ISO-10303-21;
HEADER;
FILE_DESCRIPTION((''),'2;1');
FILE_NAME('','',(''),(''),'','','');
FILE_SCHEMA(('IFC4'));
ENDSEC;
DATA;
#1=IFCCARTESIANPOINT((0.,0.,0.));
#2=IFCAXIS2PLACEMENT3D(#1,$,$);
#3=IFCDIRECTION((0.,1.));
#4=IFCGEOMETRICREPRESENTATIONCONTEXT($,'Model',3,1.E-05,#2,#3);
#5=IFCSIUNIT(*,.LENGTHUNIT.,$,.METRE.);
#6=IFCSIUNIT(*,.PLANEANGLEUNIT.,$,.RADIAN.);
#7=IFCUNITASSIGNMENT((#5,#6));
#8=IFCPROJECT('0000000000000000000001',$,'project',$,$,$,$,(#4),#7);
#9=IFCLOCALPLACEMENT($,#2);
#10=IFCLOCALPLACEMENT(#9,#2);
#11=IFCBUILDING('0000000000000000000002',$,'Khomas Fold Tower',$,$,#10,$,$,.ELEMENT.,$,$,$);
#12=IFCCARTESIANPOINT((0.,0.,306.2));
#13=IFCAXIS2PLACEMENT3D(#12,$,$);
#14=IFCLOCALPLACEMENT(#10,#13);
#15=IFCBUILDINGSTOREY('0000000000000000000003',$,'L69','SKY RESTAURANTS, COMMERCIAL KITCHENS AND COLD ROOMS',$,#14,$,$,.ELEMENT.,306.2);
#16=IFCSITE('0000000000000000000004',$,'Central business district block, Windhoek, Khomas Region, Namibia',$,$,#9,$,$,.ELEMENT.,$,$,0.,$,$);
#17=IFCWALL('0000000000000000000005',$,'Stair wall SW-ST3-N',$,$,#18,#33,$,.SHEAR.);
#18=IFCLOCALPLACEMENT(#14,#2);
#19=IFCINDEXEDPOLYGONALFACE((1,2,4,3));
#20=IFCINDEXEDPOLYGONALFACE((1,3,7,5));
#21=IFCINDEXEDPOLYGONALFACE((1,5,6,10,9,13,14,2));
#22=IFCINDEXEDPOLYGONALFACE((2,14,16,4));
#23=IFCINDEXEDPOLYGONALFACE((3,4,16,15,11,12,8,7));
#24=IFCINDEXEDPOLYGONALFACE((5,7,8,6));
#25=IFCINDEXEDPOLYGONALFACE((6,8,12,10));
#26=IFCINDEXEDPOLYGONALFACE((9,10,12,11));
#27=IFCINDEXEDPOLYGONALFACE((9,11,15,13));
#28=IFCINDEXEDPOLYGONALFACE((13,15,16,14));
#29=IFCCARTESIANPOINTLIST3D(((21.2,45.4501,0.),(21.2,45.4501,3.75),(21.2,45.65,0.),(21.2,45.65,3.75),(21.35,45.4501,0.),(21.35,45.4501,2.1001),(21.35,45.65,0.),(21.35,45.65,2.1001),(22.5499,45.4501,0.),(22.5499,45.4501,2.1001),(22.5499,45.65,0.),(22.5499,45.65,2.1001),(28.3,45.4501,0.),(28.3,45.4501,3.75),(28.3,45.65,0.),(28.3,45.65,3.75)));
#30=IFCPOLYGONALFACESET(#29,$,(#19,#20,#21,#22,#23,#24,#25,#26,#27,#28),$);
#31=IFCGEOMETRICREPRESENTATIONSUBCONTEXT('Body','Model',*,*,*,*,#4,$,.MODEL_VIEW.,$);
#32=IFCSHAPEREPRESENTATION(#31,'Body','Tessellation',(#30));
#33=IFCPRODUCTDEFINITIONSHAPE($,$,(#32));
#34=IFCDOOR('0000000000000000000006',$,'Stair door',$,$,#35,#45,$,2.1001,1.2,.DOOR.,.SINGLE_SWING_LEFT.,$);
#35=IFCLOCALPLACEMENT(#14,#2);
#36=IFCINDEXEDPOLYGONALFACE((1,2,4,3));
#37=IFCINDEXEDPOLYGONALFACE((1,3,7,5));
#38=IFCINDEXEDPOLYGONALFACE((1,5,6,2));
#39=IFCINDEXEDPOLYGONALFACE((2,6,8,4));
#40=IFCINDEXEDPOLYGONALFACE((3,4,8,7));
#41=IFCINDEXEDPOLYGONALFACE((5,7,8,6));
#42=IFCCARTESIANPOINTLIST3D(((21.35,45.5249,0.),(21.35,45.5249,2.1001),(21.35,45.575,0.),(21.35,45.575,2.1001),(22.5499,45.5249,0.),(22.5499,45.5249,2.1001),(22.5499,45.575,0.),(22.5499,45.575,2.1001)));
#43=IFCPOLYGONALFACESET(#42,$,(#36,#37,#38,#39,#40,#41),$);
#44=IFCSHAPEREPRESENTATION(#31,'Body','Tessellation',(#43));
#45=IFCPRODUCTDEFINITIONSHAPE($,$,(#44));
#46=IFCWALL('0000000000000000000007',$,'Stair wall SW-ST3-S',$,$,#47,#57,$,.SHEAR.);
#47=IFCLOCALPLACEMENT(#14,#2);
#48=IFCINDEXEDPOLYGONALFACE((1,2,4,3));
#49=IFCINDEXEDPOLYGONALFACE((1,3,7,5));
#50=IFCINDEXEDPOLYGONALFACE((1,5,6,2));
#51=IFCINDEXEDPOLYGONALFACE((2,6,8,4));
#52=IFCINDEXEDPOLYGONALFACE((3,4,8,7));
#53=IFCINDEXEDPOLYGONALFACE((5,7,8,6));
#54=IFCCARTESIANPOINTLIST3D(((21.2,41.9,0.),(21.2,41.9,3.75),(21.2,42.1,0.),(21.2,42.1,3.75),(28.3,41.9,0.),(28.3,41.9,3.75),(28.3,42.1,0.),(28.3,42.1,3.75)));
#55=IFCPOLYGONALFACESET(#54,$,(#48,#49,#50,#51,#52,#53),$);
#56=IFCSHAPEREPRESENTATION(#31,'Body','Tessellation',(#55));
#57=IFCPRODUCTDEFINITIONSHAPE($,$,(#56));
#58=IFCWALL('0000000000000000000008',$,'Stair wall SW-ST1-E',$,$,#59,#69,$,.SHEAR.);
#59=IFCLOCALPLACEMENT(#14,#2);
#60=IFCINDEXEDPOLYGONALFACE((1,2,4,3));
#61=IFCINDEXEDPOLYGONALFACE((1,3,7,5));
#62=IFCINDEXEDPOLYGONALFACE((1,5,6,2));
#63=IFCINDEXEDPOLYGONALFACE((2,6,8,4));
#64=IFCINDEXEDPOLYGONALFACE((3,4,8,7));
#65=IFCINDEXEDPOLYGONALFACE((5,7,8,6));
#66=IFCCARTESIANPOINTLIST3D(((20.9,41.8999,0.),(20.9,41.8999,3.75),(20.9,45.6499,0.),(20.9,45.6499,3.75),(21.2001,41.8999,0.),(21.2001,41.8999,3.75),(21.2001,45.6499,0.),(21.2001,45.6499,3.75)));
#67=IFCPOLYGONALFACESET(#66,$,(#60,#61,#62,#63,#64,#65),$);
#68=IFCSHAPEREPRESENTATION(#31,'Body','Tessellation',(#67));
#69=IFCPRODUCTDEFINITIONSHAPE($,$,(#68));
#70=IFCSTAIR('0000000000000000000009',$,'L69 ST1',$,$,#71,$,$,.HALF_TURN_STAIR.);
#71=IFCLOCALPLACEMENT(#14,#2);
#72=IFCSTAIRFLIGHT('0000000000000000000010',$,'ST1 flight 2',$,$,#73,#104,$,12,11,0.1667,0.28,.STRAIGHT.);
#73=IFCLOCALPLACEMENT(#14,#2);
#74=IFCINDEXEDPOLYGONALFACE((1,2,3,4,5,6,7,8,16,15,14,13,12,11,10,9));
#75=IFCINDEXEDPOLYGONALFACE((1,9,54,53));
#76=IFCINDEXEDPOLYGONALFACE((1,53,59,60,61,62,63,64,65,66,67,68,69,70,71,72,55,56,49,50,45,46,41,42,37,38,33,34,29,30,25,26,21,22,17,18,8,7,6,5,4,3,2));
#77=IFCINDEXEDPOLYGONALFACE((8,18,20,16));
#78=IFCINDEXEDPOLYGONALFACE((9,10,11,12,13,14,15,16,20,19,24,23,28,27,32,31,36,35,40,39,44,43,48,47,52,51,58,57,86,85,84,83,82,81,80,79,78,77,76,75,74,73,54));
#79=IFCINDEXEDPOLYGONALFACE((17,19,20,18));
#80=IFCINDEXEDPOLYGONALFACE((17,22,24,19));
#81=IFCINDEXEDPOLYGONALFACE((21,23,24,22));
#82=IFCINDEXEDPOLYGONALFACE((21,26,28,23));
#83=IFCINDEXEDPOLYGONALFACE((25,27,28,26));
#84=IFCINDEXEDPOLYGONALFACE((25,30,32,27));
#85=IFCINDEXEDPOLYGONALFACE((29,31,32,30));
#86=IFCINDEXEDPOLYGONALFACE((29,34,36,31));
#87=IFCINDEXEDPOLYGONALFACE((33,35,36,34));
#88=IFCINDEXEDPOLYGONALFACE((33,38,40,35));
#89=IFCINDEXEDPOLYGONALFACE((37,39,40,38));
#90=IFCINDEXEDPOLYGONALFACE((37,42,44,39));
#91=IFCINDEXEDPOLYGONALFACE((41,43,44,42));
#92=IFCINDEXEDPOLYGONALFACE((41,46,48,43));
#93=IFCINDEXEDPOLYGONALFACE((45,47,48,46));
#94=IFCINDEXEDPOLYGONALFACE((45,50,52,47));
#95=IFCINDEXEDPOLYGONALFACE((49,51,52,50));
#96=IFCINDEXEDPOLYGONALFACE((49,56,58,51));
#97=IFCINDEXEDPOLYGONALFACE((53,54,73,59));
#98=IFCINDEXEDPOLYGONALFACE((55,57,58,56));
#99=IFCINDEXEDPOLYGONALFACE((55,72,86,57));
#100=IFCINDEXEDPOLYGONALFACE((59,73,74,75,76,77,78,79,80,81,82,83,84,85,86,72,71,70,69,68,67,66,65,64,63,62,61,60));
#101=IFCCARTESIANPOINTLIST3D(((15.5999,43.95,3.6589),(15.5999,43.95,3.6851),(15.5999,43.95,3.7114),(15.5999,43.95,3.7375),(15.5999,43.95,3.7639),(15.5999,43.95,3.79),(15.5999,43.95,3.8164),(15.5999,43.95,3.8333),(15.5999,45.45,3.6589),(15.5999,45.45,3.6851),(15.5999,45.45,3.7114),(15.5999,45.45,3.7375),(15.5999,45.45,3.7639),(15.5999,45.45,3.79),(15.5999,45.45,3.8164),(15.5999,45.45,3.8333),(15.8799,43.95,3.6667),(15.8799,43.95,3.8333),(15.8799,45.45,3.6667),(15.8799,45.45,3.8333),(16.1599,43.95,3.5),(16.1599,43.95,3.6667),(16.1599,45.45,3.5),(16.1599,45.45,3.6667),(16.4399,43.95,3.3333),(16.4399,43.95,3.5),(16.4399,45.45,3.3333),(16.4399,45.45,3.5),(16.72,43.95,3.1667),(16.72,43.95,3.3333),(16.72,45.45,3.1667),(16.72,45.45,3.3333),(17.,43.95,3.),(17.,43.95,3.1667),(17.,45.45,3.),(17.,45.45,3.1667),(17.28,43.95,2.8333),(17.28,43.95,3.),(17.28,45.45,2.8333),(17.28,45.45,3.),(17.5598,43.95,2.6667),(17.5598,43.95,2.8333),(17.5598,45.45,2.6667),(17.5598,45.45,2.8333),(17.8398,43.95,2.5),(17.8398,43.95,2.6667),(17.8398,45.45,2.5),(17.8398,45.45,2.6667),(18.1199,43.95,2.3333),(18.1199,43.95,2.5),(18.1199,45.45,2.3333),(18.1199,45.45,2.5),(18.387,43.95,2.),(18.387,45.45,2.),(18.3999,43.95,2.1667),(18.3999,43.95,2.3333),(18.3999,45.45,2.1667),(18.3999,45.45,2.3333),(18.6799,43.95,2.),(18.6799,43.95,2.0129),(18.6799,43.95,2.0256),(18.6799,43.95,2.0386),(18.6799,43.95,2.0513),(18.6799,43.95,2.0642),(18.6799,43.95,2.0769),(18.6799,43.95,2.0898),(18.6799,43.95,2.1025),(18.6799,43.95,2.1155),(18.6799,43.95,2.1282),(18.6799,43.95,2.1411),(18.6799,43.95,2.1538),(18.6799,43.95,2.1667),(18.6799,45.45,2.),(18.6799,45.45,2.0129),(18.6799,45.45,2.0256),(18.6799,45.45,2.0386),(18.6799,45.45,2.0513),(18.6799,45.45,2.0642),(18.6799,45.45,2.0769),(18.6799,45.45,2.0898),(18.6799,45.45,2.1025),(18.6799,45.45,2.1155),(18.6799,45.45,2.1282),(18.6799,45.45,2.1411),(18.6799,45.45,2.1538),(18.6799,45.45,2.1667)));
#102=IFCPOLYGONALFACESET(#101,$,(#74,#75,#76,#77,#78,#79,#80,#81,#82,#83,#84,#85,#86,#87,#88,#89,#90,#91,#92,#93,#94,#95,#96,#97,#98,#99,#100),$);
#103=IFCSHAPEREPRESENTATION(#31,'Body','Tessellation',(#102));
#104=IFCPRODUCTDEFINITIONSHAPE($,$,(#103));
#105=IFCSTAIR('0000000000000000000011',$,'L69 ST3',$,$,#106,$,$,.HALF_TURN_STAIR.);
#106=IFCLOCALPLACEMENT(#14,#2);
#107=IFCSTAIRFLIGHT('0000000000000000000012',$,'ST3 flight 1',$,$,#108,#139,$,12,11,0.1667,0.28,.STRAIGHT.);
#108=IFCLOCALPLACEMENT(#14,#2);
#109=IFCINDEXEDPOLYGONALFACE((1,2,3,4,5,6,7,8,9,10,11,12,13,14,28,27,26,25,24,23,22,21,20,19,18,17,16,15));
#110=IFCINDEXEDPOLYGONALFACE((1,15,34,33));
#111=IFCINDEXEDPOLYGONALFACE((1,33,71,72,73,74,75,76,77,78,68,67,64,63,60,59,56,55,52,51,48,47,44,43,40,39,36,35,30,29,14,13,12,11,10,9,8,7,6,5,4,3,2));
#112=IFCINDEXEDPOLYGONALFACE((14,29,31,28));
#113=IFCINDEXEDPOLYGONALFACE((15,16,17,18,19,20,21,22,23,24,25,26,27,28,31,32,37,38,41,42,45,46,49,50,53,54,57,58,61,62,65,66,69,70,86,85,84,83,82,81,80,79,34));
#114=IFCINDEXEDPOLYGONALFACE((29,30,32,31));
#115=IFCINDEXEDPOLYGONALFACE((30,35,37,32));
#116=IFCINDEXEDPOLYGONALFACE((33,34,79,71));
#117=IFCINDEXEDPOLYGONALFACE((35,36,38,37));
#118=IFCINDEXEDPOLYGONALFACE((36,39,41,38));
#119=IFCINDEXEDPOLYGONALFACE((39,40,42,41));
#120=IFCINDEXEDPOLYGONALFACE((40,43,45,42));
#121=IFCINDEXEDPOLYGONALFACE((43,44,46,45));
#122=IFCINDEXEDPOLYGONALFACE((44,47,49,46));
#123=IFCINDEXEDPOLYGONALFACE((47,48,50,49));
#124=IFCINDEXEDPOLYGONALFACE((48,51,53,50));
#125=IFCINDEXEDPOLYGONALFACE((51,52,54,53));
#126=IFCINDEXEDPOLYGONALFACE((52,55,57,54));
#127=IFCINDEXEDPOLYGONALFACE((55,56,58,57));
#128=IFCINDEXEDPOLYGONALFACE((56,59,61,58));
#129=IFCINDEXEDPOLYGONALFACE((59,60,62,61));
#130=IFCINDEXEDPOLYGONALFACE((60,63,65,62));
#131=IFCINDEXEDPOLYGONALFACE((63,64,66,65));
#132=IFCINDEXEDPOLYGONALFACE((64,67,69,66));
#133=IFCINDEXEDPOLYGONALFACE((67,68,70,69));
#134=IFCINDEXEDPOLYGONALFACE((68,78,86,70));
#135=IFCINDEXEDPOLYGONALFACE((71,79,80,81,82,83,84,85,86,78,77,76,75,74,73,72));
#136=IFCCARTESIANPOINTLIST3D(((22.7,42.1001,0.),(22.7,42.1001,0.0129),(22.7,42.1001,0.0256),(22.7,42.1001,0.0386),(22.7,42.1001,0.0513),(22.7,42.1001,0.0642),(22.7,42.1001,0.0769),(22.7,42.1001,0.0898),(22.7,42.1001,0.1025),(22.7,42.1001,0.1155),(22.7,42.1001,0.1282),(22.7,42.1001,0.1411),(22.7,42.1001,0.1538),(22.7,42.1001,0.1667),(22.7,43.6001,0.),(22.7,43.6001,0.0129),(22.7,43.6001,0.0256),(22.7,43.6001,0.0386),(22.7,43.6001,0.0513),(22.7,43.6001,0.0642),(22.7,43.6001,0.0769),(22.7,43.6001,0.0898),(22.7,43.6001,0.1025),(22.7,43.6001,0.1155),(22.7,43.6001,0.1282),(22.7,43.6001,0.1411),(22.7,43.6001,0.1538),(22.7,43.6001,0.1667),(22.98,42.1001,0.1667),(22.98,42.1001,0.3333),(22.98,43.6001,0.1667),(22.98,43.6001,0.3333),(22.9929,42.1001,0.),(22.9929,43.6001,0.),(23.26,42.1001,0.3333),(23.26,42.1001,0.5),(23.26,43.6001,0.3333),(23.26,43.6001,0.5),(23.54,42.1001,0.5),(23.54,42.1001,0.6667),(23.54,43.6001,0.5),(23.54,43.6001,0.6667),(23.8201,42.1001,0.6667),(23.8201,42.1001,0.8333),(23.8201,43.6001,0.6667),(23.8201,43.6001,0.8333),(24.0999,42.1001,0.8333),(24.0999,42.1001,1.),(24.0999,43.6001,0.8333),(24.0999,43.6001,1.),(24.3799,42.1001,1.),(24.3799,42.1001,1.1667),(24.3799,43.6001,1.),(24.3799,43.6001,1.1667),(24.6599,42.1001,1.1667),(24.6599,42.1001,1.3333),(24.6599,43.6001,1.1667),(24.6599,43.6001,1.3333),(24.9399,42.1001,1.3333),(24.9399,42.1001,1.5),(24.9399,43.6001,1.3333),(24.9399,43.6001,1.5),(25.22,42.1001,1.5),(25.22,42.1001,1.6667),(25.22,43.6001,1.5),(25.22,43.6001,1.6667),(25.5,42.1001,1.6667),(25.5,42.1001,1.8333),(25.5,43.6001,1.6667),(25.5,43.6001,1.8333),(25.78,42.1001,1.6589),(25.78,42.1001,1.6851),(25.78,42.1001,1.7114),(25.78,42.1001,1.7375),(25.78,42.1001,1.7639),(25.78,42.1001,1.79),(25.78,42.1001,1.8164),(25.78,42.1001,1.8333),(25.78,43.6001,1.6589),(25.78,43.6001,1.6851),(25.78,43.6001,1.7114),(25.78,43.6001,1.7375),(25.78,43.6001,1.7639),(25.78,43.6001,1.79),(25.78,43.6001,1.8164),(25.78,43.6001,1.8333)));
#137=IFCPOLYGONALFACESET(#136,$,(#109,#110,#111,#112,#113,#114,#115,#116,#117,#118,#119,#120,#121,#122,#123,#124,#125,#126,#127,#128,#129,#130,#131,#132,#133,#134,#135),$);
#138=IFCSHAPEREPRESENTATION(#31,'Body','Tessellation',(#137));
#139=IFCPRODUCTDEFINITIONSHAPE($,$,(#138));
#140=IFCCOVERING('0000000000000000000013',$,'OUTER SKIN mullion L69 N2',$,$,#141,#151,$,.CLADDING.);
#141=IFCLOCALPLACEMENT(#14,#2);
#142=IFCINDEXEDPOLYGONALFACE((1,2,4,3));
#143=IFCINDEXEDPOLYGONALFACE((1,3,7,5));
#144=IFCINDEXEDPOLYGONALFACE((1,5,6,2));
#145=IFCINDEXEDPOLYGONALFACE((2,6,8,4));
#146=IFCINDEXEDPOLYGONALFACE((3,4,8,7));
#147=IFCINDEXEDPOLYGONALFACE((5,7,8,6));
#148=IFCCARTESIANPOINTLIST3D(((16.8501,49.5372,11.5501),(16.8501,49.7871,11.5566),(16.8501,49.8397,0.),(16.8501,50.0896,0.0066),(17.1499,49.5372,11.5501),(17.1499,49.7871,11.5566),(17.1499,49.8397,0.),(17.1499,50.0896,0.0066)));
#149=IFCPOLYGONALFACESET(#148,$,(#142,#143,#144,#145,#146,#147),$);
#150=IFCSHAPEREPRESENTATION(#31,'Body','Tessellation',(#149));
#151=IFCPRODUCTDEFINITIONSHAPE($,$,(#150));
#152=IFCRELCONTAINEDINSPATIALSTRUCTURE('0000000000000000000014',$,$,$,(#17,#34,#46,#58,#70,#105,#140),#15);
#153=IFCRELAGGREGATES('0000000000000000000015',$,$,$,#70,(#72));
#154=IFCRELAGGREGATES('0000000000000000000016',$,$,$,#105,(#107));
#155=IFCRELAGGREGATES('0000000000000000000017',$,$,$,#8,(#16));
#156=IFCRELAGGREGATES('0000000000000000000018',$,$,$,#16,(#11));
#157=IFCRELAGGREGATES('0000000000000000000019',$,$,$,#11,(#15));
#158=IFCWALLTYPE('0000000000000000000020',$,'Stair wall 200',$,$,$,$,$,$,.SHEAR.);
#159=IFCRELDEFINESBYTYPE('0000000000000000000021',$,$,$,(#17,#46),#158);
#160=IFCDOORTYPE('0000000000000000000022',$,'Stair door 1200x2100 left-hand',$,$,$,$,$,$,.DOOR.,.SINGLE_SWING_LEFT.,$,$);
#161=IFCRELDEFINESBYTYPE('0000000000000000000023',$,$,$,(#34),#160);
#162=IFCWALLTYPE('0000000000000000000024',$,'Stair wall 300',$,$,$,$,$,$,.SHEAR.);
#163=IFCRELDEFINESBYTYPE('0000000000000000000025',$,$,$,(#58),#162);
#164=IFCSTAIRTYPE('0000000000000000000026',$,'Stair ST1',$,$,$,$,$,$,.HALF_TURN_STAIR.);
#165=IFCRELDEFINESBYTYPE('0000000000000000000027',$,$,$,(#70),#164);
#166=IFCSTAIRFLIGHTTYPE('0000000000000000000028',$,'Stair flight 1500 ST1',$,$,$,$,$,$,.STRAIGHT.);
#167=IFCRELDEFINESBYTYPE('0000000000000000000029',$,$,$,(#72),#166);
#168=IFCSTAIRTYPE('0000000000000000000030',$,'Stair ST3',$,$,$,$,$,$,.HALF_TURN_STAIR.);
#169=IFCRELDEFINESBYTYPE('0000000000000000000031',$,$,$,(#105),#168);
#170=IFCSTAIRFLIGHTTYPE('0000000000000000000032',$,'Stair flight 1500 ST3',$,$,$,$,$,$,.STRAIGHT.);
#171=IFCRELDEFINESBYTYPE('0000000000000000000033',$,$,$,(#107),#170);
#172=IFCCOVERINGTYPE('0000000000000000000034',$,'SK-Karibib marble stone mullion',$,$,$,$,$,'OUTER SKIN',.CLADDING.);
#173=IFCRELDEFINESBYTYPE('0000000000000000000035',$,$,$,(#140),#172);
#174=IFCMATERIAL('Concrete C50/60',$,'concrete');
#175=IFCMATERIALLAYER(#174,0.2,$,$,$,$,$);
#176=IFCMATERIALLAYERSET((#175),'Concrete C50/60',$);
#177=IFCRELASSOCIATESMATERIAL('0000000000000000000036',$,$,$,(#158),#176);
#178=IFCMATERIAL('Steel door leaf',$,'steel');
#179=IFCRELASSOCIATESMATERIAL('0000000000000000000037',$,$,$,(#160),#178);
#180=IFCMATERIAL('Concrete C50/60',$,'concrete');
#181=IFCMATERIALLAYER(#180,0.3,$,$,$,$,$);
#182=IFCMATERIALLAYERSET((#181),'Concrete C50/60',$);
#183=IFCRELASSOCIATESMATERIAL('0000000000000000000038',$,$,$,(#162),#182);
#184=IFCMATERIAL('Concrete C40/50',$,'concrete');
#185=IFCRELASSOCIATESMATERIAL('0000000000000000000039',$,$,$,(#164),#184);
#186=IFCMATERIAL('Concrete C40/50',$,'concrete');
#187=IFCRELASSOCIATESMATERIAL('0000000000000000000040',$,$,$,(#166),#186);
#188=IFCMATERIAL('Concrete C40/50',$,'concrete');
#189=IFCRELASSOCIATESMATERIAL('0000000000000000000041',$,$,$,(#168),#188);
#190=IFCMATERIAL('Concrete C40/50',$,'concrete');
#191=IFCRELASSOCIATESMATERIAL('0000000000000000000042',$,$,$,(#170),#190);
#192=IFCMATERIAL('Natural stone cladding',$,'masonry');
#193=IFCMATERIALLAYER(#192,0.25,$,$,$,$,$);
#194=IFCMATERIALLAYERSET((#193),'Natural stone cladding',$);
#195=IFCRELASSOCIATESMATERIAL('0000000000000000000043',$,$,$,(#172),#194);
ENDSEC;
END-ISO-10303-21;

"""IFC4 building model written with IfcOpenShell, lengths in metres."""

from ifc_helpers import new_model, si_unit, direction, frame, frame_2d, origin, place, context, subcontext, project, spatial, polyline, rectangle, outline, extrude, source, transform, mapped, material, layer, layer_set, type_object, element, fill, aggregate, save


model = new_model("IFC4")

# Units and contexts
model_context = context("Model", 3, precision=1e-05, world=origin(), true_north=direction((0.0, 1.0)))
body_context = subcontext(model_context, "Body", "Model", "MODEL_VIEW")
ifc_project = project(units=[si_unit("LENGTHUNIT", "METRE"), si_unit("PLANEANGLEUNIT", "RADIAN")], contexts=[model_context])

# Site, building, storey
site_placement = place(None, origin())
site = spatial("IfcSite", under=ifc_project, at=site_placement, Name="Central business district block, Windhoek, Khomas Region, Namibia", CompositionType="ELEMENT", RefElevation=0.0)
building_placement = place(site_placement, origin())
building = spatial("IfcBuilding", under=site, at=building_placement, Name="Khomas Fold Tower", CompositionType="ELEMENT")
storey_placement = place(building_placement, frame((0.0, 0.0, 306.2)))
storey = spatial("IfcBuildingStorey", under=building, at=storey_placement, Name="L69", Description="SKY RESTAURANTS, COMMERCIAL KITCHENS AND COLD ROOMS", CompositionType="ELEMENT", Elevation=306.2)

# Wall, opening, door
ifc_material_1 = material(Name="Concrete C50/60", Category="concrete")
ifc_layer_1 = layer(ifc_material_1, 0.2)
ifc_layer_set_1 = layer_set([ifc_layer_1], Name="Concrete C50/60")
wall_type_1 = type_object("IfcWallType", Name="Stair wall 200", PredefinedType="SHEAR", material=ifc_layer_set_1)
shared_shape_1 = source(origin(), body_context, "Body", "SweptSolid", [
    extrude(rectangle(XDim=7.1001, YDim=0.2, at=frame_2d((3.55, 0.0))), origin(), (0.0, 0.0, 1.0), 3.75),
])
wall_1_placement = place(storey_placement, frame((21.2, 45.55, 0.0), z_axis=(0.0, 0.0, 1.0), x_axis=(1.0, 0.0, 0.0)))
wall_1 = element("IfcWall", 1, at=wall_1_placement, inside=storey, type_object=wall_type_1, Name="Stair wall SW-ST3-N", PredefinedType="SHEAR", context=body_context, shape_type="MappedRepresentation", body=[
    mapped(shared_shape_1, transform((0.0, 0.0, 0.0))),
])
shared_shape_2 = source(origin(), body_context, "Body", "SweptSolid", [
    extrude(rectangle(XDim=1.2, YDim=2.1001, at=frame_2d((0.6001, 1.05))), frame((0.0, 0.1099, 0.0), z_axis=(0.0, -1.0, 0.0), x_axis=(1.0, 0.0, 0.0)), (0.0, 0.0, 1.0), 0.22),
])
opening_placement = place(wall_1_placement, frame((0.1499, 0.0, 0.0)))
opening = element("IfcOpeningElement", 2, at=opening_placement, cuts=wall_1, PredefinedType="OPENING", context=body_context, shape_type="MappedRepresentation", body=[
    mapped(shared_shape_2, transform((0.0, 0.0, 0.0))),
])
ifc_material_2 = material(Name="Steel door leaf", Category="steel")
door_type = type_object("IfcDoorType", Name="Stair door 1200x2100 left-hand", OperationType="SINGLE_SWING_LEFT", PredefinedType="DOOR", material=ifc_material_2)
shared_shape_3 = source(origin(), body_context, "Body", "SweptSolid", [
    extrude(rectangle(XDim=1.2, YDim=2.1001, at=frame_2d((0.6001, 1.05))), frame((0.0, 0.0249, 0.0), z_axis=(0.0, -1.0, 0.0), x_axis=(1.0, 0.0, 0.0)), (0.0, 0.0, 1.0), 0.05),
])
door_placement = place(opening_placement, origin())
door = element("IfcDoor", 3, at=door_placement, inside=storey, type_object=door_type, Name="Stair door", OperationType="SINGLE_SWING_LEFT", OverallHeight=2.1001, OverallWidth=1.2, PredefinedType="DOOR", context=body_context, shape_type="MappedRepresentation", body=[
    mapped(shared_shape_3, transform((0.0, 0.0, 0.0))),
])
fill(opening, door)

# Walls
wall_2_placement = place(storey_placement, frame((21.2, 42.0, 0.0), z_axis=(0.0, 0.0, 1.0), x_axis=(1.0, 0.0, 0.0)))
element("IfcWall", 4, at=wall_2_placement, inside=storey, type_object=wall_type_1, Name="Stair wall SW-ST3-S", PredefinedType="SHEAR", context=body_context, shape_type="MappedRepresentation", body=[
    mapped(shared_shape_1, transform((0.0, 0.0, 0.0))),
])
ifc_material_3 = material(Name="Concrete C50/60", Category="concrete")
ifc_layer_2 = layer(ifc_material_3, 0.3)
ifc_layer_set_2 = layer_set([ifc_layer_2], Name="Concrete C50/60")
wall_type_2 = type_object("IfcWallType", Name="Stair wall 300", PredefinedType="SHEAR", material=ifc_layer_set_2)
shared_shape_4 = source(origin(), body_context, "Body", "SweptSolid", [
    extrude(rectangle(XDim=3.75, YDim=0.3, at=frame_2d((1.875, 0.0))), origin(), (0.0, 0.0, 1.0), 3.75),
])
wall_3_placement = place(storey_placement, frame((21.05, 41.8999, 0.0), z_axis=(0.0, 0.0, 1.0), x_axis=(0.0, 1.0, 0.0)))
element("IfcWall", 5, at=wall_3_placement, inside=storey, type_object=wall_type_2, Name="Stair wall SW-ST1-E", PredefinedType="SHEAR", context=body_context, shape_type="MappedRepresentation", body=[
    mapped(shared_shape_4, transform((0.0, 0.0, 0.0))),
])

# Stairs, stair flights
ifc_material_4 = material(Name="Concrete C40/50", Category="concrete")
stair_type_1 = type_object("IfcStairType", Name="Stair ST1", PredefinedType="HALF_TURN_STAIR", material=ifc_material_4)
stair_1_placement = place(storey_placement, origin())
stair_1 = element("IfcStair", 6, at=stair_1_placement, inside=storey, type_object=stair_type_1, Name="L69 ST1", PredefinedType="HALF_TURN_STAIR")
ifc_material_5 = material(Name="Concrete C40/50", Category="concrete")
stair_flight_type_1 = type_object("IfcStairFlightType", Name="Stair flight 1500 ST1", PredefinedType="STRAIGHT", material=ifc_material_5)
shared_shape_5 = source(origin(), body_context, "Body", "SweptSolid", [
    extrude(outline(polyline([(0.0, 0.0), (0.0, 0.0129), (0.0, 0.0256), (0.0, 0.0386), (0.0, 0.0513), (0.0, 0.0642), (0.0, 0.0769), (0.0, 0.0898), (0.0, 0.1025), (0.0, 0.1155), (0.0, 0.1282), (0.0, 0.1411), (0.0, 0.1538), (0.0, 0.1667), (0.28, 0.1667), (0.28, 0.3333), (0.5601, 0.3333), (0.5601, 0.5), (0.8401, 0.5), (0.8401, 0.6667), (1.1201, 0.6667), (1.1201, 0.8333), (1.3999, 0.8333), (1.3999, 1.0), (1.6799, 1.0), (1.6799, 1.1667), (1.96, 1.1667), (1.96, 1.3333), (2.24, 1.3333), (2.24, 1.5), (2.52, 1.5), (2.52, 1.6667), (2.8, 1.6667), (2.8, 1.8333), (3.0801, 1.8333), (3.0801, 2.0), (3.0801, 1.9739), (3.0801, 1.9475), (3.0801, 1.9214), (3.0801, 1.895), (3.0801, 1.8689), (3.0801, 1.8425), (3.0801, 1.8164), (3.0801, 1.79), (3.0801, 1.7639), (3.0801, 1.7375), (3.0801, 1.7114), (3.0801, 1.6851), (3.0801, 1.6589), (0.293, 0.0), (0.0, 0.0)])), frame((0.0, 0.75, 0.0), z_axis=(0.0, -1.0, 0.0), x_axis=(1.0, 0.0, 0.0)), (0.0, 0.0, 1.0), 1.5),
])
stair_flight_1_placement = place(storey_placement, frame((18.6799, 44.7, 2.0), z_axis=(0.0, 0.0, 1.0), x_axis=(-1.0, 0.0, 0.0)))
stair_flight_1 = element("IfcStairFlight", 7, at=stair_flight_1_placement, type_object=stair_flight_type_1, Name="ST1 flight 2", NumberOfRisers=12, NumberOfTreads=11, PredefinedType="STRAIGHT", RiserHeight=0.1667, TreadLength=0.28, context=body_context, shape_type="MappedRepresentation", body=[
    mapped(shared_shape_5, transform((0.0, 0.0, 0.0))),
])
aggregate(stair_1, [stair_flight_1])
ifc_material_6 = material(Name="Concrete C40/50", Category="concrete")
stair_type_2 = type_object("IfcStairType", Name="Stair ST3", PredefinedType="HALF_TURN_STAIR", material=ifc_material_6)
stair_2_placement = place(storey_placement, origin())
stair_2 = element("IfcStair", 8, at=stair_2_placement, inside=storey, type_object=stair_type_2, Name="L69 ST3", PredefinedType="HALF_TURN_STAIR")
ifc_material_7 = material(Name="Concrete C40/50", Category="concrete")
stair_flight_type_2 = type_object("IfcStairFlightType", Name="Stair flight 1500 ST3", PredefinedType="STRAIGHT", material=ifc_material_7)
stair_flight_2_placement = place(storey_placement, frame((22.7, 42.8501, 0.0), z_axis=(0.0, 0.0, 1.0), x_axis=(1.0, 0.0, 0.0)))
stair_flight_2 = element("IfcStairFlight", 9, at=stair_flight_2_placement, type_object=stair_flight_type_2, Name="ST3 flight 1", NumberOfRisers=12, NumberOfTreads=11, PredefinedType="STRAIGHT", RiserHeight=0.1667, TreadLength=0.28, context=body_context, shape_type="MappedRepresentation", body=[
    mapped(shared_shape_5, transform((0.0, 0.0, 0.0))),
])
aggregate(stair_2, [stair_flight_2])

# Covering
ifc_material_8 = material(Name="Natural stone cladding", Category="masonry")
ifc_layer_3 = layer(ifc_material_8, 0.25)
ifc_layer_set_3 = layer_set([ifc_layer_3], Name="Natural stone cladding")
covering_type = type_object("IfcCoveringType", Name="SK-Karibib marble stone mullion", ElementType="OUTER SKIN", PredefinedType="CLADDING", material=ifc_layer_set_3)
for number, where, z_axis, x_axis, name in (
    (10, (16.8501, 50.0896, 0.0066), (0.0, 0.999657, 0.026181), (1.0, 0.0, 0.0), "OUTER SKIN mullion L69 N2"),
):
    element("IfcCovering", number, at=place(storey_placement, frame(where, z_axis=z_axis, x_axis=x_axis)), inside=storey, type_object=covering_type, Name=name, PredefinedType="CLADDING", context=body_context, shape_type="SweptSolid", body=[
        extrude(outline(polyline([(0.0, 0.0), (0.2998, 0.0), (0.2998, -11.554), (0.0, -11.554), (0.0, 0.0)])), origin(), (0.0, 0.0, -1.0), 0.25),
    ])

save(model, "model.ifc")
